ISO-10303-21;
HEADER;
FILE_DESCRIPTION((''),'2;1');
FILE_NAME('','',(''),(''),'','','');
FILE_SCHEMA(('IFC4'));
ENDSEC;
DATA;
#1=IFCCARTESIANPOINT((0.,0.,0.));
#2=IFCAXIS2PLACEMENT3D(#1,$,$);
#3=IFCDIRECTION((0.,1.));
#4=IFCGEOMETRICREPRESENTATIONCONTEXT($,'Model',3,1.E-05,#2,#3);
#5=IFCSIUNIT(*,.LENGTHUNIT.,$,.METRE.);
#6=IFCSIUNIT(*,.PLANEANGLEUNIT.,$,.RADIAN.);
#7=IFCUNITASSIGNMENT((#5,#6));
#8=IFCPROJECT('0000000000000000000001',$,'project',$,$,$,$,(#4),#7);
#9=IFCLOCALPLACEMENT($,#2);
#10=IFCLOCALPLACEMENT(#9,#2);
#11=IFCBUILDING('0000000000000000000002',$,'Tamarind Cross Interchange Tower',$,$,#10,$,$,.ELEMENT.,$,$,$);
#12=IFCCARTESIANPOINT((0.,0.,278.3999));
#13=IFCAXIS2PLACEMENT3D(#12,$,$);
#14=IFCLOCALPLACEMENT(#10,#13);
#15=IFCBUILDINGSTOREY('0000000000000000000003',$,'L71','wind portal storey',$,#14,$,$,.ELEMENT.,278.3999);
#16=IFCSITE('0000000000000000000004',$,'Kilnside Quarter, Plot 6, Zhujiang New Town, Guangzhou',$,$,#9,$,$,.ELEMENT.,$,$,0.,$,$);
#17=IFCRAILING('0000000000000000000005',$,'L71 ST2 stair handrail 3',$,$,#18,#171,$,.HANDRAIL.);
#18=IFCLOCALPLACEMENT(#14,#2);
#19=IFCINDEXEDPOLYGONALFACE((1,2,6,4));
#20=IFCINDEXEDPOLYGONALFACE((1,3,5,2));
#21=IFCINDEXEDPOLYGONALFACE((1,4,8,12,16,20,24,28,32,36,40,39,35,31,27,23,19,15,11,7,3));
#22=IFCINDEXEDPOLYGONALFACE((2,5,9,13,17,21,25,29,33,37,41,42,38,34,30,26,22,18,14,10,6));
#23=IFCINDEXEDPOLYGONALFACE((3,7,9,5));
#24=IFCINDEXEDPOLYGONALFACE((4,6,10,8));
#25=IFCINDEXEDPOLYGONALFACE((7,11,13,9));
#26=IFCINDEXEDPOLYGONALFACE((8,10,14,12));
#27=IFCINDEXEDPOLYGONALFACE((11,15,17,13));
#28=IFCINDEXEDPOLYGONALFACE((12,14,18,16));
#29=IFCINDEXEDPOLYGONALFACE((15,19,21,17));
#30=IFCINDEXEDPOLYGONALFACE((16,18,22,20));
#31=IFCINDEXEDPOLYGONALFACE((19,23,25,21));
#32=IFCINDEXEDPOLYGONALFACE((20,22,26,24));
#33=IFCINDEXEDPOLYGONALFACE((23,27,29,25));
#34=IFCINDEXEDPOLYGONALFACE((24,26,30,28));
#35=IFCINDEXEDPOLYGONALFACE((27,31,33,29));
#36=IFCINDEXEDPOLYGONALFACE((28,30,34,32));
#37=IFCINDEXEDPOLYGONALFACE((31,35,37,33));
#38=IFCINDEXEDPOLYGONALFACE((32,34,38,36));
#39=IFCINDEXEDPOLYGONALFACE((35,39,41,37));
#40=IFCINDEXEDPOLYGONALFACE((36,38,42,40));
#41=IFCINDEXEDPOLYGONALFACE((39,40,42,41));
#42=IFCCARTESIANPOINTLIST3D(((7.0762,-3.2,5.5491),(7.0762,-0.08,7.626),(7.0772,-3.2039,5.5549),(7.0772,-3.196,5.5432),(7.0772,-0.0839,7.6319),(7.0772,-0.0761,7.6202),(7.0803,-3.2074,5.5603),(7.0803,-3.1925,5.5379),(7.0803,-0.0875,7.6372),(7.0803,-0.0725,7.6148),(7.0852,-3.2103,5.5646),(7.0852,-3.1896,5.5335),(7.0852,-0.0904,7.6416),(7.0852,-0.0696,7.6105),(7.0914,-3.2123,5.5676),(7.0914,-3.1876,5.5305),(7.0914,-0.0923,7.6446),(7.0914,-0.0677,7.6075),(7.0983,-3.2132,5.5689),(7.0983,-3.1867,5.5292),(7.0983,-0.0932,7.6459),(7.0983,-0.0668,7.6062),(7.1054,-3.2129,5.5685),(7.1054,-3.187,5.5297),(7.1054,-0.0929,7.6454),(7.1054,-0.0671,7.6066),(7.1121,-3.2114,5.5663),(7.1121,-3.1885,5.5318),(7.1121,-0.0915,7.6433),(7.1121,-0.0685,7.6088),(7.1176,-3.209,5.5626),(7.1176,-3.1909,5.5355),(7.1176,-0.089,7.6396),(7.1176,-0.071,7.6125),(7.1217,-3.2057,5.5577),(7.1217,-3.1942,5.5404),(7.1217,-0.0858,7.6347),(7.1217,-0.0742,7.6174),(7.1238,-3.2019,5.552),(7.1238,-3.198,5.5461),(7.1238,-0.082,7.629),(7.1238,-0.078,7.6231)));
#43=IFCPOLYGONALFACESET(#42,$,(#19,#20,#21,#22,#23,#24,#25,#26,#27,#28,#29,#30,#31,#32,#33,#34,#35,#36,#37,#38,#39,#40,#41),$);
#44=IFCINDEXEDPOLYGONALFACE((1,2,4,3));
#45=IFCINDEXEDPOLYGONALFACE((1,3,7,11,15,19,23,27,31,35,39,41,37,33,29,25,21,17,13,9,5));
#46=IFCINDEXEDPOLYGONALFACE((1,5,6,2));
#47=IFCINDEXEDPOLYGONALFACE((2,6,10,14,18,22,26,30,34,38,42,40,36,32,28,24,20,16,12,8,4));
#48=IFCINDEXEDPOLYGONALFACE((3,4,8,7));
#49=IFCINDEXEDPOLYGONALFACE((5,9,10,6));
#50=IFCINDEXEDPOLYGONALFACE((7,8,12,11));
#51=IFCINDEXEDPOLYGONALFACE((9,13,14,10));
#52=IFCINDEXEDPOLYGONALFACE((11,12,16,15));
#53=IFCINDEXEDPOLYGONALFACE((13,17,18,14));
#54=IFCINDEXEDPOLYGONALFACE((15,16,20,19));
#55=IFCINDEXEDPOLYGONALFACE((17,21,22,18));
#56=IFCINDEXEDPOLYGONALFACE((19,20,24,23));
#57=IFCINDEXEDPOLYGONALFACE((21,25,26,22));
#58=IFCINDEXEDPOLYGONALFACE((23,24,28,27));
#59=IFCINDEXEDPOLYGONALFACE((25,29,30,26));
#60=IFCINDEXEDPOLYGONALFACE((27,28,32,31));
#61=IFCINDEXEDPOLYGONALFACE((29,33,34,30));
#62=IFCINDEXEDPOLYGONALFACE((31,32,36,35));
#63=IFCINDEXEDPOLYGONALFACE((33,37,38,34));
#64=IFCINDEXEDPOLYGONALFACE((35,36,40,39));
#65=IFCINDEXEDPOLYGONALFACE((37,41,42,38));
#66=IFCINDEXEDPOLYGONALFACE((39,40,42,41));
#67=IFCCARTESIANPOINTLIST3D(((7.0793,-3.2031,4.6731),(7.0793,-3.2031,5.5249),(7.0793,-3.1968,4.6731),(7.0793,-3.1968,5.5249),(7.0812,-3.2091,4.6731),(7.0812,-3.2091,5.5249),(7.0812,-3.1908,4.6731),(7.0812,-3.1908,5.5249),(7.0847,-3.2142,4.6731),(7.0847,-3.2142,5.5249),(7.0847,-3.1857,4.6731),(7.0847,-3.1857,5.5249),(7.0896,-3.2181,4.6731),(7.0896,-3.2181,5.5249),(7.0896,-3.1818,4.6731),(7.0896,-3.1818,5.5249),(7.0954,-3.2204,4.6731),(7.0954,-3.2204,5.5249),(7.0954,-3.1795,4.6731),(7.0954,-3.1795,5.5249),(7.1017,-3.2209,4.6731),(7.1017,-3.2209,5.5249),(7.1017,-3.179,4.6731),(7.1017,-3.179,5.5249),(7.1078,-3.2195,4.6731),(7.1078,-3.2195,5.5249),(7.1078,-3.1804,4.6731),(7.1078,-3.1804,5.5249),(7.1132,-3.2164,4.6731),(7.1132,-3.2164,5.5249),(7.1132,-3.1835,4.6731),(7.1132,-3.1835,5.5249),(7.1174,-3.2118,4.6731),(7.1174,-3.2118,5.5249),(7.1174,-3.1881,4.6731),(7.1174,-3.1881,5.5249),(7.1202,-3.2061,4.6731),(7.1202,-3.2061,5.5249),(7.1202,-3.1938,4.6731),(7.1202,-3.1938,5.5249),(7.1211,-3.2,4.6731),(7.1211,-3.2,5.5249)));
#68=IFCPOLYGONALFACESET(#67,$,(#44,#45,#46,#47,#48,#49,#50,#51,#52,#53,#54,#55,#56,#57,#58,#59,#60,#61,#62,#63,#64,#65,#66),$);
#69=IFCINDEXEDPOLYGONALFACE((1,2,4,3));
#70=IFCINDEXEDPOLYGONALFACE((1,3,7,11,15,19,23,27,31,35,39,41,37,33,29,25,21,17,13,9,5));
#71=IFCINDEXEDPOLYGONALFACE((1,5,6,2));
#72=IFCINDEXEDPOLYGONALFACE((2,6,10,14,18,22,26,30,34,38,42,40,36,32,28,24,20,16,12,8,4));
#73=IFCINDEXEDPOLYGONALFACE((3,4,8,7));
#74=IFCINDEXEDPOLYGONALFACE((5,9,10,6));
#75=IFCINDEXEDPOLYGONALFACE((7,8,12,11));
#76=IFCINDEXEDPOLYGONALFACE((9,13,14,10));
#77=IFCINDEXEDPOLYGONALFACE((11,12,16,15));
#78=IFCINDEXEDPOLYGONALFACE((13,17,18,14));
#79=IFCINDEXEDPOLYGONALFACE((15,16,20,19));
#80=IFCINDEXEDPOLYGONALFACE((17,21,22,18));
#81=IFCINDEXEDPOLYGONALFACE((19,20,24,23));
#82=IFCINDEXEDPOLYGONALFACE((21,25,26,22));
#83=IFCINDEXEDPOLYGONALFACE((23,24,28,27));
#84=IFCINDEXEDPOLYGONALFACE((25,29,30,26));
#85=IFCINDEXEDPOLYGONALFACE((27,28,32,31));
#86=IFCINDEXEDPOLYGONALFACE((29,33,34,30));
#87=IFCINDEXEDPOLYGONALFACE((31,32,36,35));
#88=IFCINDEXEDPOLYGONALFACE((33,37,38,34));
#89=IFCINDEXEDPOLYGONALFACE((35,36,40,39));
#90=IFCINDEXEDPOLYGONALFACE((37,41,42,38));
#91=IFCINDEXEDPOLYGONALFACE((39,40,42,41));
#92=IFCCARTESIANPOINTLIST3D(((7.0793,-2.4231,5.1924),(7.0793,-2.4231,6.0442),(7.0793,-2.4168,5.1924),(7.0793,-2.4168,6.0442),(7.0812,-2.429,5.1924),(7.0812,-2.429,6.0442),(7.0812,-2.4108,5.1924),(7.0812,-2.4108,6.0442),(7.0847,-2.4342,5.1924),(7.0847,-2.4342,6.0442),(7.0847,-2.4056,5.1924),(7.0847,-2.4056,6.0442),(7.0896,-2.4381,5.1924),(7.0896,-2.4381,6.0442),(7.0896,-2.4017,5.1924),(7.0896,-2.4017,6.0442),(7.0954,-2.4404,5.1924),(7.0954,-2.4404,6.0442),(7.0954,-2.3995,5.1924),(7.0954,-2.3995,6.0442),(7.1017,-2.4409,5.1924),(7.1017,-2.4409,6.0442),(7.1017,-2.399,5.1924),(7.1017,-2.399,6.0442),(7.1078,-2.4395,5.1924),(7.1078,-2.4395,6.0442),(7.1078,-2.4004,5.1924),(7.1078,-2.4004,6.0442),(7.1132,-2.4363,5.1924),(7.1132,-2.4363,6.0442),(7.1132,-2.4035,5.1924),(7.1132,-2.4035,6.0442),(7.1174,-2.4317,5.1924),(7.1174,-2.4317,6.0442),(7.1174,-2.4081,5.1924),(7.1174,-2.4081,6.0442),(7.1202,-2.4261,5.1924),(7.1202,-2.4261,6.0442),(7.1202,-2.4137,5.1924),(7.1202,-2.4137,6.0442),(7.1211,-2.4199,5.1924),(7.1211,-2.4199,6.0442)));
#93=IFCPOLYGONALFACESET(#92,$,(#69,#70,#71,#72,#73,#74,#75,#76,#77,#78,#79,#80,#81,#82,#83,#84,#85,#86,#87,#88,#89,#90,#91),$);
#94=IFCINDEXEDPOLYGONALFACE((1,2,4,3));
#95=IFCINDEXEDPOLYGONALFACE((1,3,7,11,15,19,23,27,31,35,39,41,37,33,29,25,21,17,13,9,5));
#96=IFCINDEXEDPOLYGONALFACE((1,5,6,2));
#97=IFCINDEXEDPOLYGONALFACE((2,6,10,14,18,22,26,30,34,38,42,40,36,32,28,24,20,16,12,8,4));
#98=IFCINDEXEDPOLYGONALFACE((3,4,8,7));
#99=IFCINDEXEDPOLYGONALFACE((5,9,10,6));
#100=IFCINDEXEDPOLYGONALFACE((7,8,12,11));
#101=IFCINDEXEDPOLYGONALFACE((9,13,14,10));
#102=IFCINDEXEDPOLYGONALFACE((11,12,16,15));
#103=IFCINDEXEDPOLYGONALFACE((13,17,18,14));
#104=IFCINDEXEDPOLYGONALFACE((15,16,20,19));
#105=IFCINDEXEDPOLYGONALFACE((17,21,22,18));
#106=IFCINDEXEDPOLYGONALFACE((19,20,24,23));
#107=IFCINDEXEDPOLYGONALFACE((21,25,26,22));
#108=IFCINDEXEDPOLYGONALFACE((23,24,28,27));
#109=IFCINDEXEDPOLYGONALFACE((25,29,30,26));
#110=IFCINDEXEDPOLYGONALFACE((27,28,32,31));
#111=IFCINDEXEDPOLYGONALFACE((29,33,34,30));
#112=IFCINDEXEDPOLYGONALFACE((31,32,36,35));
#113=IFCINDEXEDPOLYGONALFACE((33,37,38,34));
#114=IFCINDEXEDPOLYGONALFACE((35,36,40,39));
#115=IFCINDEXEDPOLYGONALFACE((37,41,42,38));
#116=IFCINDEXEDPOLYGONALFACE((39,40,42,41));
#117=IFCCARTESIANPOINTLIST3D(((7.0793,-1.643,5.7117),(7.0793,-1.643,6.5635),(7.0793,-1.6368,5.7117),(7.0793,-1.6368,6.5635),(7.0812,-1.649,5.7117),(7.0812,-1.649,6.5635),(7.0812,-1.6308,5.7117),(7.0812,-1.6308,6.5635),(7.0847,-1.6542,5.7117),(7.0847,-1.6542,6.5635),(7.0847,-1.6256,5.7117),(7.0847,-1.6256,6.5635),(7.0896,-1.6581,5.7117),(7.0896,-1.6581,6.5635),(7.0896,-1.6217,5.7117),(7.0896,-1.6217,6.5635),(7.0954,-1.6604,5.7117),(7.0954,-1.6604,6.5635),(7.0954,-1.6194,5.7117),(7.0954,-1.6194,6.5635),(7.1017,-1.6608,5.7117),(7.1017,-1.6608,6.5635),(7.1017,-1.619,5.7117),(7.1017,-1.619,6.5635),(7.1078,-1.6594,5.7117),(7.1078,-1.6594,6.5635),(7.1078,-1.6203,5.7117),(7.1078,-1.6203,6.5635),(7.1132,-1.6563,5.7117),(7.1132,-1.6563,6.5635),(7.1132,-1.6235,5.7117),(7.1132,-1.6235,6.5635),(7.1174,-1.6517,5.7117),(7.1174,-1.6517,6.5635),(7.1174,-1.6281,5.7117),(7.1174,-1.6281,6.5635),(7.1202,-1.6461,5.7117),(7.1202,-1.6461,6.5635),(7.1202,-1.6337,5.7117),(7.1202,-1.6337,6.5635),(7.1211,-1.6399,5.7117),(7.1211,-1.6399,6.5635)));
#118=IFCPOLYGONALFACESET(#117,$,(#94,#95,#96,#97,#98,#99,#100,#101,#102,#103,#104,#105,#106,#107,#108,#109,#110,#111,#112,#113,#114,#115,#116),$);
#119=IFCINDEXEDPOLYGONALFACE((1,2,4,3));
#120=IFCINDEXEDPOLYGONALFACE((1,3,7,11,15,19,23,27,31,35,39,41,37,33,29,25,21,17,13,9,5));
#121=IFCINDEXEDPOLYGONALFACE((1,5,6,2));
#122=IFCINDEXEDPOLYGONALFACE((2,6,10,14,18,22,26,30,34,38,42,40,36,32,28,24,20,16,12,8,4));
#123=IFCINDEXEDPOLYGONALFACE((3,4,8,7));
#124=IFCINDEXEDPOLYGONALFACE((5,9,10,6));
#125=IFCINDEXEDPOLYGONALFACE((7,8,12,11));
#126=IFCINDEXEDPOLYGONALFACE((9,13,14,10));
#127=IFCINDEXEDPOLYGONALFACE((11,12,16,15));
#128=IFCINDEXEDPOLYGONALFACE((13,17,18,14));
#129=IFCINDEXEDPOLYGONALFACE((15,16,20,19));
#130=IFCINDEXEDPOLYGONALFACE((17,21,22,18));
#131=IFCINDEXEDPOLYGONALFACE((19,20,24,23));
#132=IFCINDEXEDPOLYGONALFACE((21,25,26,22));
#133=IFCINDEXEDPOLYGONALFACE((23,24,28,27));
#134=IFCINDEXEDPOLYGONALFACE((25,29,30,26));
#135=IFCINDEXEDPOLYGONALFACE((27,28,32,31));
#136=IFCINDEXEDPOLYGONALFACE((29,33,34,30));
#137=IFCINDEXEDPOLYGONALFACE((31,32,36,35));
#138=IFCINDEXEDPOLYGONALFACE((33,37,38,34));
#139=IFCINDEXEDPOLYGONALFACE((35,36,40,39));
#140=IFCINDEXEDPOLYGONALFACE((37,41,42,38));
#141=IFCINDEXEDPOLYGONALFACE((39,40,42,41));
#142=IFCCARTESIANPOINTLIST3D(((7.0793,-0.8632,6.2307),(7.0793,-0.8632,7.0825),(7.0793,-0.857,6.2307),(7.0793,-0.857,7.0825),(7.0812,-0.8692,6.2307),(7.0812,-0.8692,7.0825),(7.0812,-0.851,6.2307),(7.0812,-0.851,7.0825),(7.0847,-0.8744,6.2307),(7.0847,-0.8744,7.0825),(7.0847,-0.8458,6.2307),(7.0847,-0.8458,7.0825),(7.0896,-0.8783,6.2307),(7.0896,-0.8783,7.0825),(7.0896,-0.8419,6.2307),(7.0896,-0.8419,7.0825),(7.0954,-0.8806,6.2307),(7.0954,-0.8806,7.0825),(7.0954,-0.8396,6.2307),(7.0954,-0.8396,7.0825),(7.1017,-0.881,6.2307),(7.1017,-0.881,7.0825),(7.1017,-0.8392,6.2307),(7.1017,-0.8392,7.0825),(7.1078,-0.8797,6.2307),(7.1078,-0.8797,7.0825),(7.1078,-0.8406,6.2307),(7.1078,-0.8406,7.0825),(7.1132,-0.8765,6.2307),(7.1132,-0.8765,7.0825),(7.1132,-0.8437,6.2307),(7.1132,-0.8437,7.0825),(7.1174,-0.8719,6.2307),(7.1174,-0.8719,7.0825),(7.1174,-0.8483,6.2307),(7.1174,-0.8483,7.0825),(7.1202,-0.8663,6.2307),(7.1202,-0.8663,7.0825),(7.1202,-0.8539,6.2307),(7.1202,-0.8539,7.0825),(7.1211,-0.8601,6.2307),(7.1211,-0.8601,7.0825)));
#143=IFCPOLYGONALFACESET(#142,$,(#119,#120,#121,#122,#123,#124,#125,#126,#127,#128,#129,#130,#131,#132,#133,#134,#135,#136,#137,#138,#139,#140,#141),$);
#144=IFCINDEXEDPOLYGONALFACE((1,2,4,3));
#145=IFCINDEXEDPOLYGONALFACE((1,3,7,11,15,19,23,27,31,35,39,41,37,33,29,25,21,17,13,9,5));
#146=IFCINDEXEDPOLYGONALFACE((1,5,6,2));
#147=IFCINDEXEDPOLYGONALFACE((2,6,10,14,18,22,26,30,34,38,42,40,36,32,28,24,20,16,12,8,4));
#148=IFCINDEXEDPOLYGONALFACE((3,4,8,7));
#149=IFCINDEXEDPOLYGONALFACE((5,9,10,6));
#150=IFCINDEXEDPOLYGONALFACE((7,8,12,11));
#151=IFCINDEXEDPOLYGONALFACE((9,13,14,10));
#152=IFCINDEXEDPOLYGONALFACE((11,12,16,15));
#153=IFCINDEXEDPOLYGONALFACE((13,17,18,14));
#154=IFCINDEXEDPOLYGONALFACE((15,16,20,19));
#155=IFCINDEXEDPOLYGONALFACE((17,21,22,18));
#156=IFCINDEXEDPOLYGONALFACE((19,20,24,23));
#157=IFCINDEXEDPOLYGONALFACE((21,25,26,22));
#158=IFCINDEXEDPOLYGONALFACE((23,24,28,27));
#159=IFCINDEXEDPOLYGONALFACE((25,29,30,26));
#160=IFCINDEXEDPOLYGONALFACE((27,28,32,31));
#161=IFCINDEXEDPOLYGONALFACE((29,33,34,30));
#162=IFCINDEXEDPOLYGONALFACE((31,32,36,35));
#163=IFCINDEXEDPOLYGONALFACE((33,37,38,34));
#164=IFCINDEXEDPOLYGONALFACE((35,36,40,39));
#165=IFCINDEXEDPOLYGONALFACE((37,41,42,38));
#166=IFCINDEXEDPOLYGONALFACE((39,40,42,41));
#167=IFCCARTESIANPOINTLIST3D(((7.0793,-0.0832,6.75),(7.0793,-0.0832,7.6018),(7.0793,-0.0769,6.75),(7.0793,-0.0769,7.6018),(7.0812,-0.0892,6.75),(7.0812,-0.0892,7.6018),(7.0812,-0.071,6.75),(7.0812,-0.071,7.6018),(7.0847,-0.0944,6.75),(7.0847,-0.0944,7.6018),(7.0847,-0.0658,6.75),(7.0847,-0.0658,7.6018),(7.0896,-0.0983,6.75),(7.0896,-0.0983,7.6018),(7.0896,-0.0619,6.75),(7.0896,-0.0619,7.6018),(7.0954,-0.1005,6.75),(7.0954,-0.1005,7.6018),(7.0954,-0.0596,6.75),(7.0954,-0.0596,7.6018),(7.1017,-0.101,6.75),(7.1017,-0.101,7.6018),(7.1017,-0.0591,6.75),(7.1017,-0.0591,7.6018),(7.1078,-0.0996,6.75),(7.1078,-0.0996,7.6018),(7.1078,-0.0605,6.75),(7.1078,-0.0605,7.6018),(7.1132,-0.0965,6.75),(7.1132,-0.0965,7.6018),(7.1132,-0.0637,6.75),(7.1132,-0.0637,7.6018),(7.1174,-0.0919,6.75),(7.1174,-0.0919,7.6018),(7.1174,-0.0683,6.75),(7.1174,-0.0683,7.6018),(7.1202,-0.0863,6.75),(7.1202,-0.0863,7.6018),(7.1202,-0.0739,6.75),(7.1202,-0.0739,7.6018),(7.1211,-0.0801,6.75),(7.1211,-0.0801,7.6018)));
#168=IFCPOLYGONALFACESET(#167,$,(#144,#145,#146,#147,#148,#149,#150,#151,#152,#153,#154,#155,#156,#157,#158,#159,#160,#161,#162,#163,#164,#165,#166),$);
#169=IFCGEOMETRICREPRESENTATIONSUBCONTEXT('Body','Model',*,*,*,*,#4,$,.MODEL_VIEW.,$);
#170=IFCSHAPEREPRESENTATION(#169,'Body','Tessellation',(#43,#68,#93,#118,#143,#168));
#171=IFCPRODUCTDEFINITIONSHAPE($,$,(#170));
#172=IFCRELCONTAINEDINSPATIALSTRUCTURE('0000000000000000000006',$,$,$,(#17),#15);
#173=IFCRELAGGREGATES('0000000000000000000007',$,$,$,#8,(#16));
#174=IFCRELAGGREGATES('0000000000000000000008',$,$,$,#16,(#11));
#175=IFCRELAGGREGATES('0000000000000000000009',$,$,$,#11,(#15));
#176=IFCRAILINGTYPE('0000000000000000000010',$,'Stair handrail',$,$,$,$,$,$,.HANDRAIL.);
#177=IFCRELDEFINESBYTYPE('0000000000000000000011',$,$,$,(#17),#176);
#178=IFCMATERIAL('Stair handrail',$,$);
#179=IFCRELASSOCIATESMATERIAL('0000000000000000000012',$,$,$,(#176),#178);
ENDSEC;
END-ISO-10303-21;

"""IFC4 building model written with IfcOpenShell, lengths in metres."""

from ifc_helpers import new_model, si_unit, direction, frame, origin, origin_2d, place, context, subcontext, project, spatial, circle, extrude, material, type_object, element, save


model = new_model("IFC4")

# Units and contexts
model_context = context("Model", 3, precision=1e-05, world=origin(), true_north=direction((0.0, 1.0)))
body_context = subcontext(model_context, "Body", "Model", "MODEL_VIEW")
ifc_project = project(units=[si_unit("LENGTHUNIT", "METRE"), si_unit("PLANEANGLEUNIT", "RADIAN")], contexts=[model_context])

# Site, building, storey
site_placement = place(None, origin())
site = spatial("IfcSite", under=ifc_project, at=site_placement, Name="Kilnside Quarter, Plot 6, Zhujiang New Town, Guangzhou", CompositionType="ELEMENT", RefElevation=0.0)
building_placement = place(site_placement, origin())
building = spatial("IfcBuilding", under=site, at=building_placement, Name="Tamarind Cross Interchange Tower", CompositionType="ELEMENT")
storey_placement = place(building_placement, frame((0.0, 0.0, 278.3999)))
storey = spatial("IfcBuildingStorey", under=building, at=storey_placement, Name="L71", Description="wind portal storey", CompositionType="ELEMENT", Elevation=278.3999)

# Railing
ifc_material_1 = material(Name="Stair handrail")
railing_type_1 = type_object("IfcRailingType", Name="Stair handrail", PredefinedType="HANDRAIL", material=ifc_material_1)
railing_1_placement = place(storey_placement, frame((7.1001, -3.2, 4.6731)))
element("IfcRailing", 1, at=railing_1_placement, inside=storey, type_object=railing_type_1, Name="L71 ST2 stair handrail 3", PredefinedType="HANDRAIL", context=body_context, shape_type="SweptSolid", body=[
    extrude(circle(Radius=0.0239, at=origin_2d()), frame((0.0, 0.0, 0.876), z_axis=(0.0, 0.832421, 0.554144), x_axis=(-1.0, 0.0, 0.0)), (0.0, 0.0, 1.0), 3.748),
    extrude(circle(Radius=0.021, at=origin_2d()), origin(), (0.0, 0.0, 1.0), 0.8518),
    extrude(circle(Radius=0.021, at=origin_2d()), frame((0.0, 0.78, 0.5193)), (0.0, 0.0, 1.0), 0.8518),
    extrude(circle(Radius=0.021, at=origin_2d()), frame((0.0, 1.5601, 1.0386)), (0.0, 0.0, 1.0), 0.8518),
    extrude(circle(Radius=0.021, at=origin_2d()), frame((0.0, 2.3398, 1.5576)), (0.0, 0.0, 1.0), 0.8518),
    extrude(circle(Radius=0.021, at=origin_2d()), frame((0.0, 3.1199, 2.0769)), (0.0, 0.0, 1.0), 0.8518),
])

save(model, "model.ifc")
